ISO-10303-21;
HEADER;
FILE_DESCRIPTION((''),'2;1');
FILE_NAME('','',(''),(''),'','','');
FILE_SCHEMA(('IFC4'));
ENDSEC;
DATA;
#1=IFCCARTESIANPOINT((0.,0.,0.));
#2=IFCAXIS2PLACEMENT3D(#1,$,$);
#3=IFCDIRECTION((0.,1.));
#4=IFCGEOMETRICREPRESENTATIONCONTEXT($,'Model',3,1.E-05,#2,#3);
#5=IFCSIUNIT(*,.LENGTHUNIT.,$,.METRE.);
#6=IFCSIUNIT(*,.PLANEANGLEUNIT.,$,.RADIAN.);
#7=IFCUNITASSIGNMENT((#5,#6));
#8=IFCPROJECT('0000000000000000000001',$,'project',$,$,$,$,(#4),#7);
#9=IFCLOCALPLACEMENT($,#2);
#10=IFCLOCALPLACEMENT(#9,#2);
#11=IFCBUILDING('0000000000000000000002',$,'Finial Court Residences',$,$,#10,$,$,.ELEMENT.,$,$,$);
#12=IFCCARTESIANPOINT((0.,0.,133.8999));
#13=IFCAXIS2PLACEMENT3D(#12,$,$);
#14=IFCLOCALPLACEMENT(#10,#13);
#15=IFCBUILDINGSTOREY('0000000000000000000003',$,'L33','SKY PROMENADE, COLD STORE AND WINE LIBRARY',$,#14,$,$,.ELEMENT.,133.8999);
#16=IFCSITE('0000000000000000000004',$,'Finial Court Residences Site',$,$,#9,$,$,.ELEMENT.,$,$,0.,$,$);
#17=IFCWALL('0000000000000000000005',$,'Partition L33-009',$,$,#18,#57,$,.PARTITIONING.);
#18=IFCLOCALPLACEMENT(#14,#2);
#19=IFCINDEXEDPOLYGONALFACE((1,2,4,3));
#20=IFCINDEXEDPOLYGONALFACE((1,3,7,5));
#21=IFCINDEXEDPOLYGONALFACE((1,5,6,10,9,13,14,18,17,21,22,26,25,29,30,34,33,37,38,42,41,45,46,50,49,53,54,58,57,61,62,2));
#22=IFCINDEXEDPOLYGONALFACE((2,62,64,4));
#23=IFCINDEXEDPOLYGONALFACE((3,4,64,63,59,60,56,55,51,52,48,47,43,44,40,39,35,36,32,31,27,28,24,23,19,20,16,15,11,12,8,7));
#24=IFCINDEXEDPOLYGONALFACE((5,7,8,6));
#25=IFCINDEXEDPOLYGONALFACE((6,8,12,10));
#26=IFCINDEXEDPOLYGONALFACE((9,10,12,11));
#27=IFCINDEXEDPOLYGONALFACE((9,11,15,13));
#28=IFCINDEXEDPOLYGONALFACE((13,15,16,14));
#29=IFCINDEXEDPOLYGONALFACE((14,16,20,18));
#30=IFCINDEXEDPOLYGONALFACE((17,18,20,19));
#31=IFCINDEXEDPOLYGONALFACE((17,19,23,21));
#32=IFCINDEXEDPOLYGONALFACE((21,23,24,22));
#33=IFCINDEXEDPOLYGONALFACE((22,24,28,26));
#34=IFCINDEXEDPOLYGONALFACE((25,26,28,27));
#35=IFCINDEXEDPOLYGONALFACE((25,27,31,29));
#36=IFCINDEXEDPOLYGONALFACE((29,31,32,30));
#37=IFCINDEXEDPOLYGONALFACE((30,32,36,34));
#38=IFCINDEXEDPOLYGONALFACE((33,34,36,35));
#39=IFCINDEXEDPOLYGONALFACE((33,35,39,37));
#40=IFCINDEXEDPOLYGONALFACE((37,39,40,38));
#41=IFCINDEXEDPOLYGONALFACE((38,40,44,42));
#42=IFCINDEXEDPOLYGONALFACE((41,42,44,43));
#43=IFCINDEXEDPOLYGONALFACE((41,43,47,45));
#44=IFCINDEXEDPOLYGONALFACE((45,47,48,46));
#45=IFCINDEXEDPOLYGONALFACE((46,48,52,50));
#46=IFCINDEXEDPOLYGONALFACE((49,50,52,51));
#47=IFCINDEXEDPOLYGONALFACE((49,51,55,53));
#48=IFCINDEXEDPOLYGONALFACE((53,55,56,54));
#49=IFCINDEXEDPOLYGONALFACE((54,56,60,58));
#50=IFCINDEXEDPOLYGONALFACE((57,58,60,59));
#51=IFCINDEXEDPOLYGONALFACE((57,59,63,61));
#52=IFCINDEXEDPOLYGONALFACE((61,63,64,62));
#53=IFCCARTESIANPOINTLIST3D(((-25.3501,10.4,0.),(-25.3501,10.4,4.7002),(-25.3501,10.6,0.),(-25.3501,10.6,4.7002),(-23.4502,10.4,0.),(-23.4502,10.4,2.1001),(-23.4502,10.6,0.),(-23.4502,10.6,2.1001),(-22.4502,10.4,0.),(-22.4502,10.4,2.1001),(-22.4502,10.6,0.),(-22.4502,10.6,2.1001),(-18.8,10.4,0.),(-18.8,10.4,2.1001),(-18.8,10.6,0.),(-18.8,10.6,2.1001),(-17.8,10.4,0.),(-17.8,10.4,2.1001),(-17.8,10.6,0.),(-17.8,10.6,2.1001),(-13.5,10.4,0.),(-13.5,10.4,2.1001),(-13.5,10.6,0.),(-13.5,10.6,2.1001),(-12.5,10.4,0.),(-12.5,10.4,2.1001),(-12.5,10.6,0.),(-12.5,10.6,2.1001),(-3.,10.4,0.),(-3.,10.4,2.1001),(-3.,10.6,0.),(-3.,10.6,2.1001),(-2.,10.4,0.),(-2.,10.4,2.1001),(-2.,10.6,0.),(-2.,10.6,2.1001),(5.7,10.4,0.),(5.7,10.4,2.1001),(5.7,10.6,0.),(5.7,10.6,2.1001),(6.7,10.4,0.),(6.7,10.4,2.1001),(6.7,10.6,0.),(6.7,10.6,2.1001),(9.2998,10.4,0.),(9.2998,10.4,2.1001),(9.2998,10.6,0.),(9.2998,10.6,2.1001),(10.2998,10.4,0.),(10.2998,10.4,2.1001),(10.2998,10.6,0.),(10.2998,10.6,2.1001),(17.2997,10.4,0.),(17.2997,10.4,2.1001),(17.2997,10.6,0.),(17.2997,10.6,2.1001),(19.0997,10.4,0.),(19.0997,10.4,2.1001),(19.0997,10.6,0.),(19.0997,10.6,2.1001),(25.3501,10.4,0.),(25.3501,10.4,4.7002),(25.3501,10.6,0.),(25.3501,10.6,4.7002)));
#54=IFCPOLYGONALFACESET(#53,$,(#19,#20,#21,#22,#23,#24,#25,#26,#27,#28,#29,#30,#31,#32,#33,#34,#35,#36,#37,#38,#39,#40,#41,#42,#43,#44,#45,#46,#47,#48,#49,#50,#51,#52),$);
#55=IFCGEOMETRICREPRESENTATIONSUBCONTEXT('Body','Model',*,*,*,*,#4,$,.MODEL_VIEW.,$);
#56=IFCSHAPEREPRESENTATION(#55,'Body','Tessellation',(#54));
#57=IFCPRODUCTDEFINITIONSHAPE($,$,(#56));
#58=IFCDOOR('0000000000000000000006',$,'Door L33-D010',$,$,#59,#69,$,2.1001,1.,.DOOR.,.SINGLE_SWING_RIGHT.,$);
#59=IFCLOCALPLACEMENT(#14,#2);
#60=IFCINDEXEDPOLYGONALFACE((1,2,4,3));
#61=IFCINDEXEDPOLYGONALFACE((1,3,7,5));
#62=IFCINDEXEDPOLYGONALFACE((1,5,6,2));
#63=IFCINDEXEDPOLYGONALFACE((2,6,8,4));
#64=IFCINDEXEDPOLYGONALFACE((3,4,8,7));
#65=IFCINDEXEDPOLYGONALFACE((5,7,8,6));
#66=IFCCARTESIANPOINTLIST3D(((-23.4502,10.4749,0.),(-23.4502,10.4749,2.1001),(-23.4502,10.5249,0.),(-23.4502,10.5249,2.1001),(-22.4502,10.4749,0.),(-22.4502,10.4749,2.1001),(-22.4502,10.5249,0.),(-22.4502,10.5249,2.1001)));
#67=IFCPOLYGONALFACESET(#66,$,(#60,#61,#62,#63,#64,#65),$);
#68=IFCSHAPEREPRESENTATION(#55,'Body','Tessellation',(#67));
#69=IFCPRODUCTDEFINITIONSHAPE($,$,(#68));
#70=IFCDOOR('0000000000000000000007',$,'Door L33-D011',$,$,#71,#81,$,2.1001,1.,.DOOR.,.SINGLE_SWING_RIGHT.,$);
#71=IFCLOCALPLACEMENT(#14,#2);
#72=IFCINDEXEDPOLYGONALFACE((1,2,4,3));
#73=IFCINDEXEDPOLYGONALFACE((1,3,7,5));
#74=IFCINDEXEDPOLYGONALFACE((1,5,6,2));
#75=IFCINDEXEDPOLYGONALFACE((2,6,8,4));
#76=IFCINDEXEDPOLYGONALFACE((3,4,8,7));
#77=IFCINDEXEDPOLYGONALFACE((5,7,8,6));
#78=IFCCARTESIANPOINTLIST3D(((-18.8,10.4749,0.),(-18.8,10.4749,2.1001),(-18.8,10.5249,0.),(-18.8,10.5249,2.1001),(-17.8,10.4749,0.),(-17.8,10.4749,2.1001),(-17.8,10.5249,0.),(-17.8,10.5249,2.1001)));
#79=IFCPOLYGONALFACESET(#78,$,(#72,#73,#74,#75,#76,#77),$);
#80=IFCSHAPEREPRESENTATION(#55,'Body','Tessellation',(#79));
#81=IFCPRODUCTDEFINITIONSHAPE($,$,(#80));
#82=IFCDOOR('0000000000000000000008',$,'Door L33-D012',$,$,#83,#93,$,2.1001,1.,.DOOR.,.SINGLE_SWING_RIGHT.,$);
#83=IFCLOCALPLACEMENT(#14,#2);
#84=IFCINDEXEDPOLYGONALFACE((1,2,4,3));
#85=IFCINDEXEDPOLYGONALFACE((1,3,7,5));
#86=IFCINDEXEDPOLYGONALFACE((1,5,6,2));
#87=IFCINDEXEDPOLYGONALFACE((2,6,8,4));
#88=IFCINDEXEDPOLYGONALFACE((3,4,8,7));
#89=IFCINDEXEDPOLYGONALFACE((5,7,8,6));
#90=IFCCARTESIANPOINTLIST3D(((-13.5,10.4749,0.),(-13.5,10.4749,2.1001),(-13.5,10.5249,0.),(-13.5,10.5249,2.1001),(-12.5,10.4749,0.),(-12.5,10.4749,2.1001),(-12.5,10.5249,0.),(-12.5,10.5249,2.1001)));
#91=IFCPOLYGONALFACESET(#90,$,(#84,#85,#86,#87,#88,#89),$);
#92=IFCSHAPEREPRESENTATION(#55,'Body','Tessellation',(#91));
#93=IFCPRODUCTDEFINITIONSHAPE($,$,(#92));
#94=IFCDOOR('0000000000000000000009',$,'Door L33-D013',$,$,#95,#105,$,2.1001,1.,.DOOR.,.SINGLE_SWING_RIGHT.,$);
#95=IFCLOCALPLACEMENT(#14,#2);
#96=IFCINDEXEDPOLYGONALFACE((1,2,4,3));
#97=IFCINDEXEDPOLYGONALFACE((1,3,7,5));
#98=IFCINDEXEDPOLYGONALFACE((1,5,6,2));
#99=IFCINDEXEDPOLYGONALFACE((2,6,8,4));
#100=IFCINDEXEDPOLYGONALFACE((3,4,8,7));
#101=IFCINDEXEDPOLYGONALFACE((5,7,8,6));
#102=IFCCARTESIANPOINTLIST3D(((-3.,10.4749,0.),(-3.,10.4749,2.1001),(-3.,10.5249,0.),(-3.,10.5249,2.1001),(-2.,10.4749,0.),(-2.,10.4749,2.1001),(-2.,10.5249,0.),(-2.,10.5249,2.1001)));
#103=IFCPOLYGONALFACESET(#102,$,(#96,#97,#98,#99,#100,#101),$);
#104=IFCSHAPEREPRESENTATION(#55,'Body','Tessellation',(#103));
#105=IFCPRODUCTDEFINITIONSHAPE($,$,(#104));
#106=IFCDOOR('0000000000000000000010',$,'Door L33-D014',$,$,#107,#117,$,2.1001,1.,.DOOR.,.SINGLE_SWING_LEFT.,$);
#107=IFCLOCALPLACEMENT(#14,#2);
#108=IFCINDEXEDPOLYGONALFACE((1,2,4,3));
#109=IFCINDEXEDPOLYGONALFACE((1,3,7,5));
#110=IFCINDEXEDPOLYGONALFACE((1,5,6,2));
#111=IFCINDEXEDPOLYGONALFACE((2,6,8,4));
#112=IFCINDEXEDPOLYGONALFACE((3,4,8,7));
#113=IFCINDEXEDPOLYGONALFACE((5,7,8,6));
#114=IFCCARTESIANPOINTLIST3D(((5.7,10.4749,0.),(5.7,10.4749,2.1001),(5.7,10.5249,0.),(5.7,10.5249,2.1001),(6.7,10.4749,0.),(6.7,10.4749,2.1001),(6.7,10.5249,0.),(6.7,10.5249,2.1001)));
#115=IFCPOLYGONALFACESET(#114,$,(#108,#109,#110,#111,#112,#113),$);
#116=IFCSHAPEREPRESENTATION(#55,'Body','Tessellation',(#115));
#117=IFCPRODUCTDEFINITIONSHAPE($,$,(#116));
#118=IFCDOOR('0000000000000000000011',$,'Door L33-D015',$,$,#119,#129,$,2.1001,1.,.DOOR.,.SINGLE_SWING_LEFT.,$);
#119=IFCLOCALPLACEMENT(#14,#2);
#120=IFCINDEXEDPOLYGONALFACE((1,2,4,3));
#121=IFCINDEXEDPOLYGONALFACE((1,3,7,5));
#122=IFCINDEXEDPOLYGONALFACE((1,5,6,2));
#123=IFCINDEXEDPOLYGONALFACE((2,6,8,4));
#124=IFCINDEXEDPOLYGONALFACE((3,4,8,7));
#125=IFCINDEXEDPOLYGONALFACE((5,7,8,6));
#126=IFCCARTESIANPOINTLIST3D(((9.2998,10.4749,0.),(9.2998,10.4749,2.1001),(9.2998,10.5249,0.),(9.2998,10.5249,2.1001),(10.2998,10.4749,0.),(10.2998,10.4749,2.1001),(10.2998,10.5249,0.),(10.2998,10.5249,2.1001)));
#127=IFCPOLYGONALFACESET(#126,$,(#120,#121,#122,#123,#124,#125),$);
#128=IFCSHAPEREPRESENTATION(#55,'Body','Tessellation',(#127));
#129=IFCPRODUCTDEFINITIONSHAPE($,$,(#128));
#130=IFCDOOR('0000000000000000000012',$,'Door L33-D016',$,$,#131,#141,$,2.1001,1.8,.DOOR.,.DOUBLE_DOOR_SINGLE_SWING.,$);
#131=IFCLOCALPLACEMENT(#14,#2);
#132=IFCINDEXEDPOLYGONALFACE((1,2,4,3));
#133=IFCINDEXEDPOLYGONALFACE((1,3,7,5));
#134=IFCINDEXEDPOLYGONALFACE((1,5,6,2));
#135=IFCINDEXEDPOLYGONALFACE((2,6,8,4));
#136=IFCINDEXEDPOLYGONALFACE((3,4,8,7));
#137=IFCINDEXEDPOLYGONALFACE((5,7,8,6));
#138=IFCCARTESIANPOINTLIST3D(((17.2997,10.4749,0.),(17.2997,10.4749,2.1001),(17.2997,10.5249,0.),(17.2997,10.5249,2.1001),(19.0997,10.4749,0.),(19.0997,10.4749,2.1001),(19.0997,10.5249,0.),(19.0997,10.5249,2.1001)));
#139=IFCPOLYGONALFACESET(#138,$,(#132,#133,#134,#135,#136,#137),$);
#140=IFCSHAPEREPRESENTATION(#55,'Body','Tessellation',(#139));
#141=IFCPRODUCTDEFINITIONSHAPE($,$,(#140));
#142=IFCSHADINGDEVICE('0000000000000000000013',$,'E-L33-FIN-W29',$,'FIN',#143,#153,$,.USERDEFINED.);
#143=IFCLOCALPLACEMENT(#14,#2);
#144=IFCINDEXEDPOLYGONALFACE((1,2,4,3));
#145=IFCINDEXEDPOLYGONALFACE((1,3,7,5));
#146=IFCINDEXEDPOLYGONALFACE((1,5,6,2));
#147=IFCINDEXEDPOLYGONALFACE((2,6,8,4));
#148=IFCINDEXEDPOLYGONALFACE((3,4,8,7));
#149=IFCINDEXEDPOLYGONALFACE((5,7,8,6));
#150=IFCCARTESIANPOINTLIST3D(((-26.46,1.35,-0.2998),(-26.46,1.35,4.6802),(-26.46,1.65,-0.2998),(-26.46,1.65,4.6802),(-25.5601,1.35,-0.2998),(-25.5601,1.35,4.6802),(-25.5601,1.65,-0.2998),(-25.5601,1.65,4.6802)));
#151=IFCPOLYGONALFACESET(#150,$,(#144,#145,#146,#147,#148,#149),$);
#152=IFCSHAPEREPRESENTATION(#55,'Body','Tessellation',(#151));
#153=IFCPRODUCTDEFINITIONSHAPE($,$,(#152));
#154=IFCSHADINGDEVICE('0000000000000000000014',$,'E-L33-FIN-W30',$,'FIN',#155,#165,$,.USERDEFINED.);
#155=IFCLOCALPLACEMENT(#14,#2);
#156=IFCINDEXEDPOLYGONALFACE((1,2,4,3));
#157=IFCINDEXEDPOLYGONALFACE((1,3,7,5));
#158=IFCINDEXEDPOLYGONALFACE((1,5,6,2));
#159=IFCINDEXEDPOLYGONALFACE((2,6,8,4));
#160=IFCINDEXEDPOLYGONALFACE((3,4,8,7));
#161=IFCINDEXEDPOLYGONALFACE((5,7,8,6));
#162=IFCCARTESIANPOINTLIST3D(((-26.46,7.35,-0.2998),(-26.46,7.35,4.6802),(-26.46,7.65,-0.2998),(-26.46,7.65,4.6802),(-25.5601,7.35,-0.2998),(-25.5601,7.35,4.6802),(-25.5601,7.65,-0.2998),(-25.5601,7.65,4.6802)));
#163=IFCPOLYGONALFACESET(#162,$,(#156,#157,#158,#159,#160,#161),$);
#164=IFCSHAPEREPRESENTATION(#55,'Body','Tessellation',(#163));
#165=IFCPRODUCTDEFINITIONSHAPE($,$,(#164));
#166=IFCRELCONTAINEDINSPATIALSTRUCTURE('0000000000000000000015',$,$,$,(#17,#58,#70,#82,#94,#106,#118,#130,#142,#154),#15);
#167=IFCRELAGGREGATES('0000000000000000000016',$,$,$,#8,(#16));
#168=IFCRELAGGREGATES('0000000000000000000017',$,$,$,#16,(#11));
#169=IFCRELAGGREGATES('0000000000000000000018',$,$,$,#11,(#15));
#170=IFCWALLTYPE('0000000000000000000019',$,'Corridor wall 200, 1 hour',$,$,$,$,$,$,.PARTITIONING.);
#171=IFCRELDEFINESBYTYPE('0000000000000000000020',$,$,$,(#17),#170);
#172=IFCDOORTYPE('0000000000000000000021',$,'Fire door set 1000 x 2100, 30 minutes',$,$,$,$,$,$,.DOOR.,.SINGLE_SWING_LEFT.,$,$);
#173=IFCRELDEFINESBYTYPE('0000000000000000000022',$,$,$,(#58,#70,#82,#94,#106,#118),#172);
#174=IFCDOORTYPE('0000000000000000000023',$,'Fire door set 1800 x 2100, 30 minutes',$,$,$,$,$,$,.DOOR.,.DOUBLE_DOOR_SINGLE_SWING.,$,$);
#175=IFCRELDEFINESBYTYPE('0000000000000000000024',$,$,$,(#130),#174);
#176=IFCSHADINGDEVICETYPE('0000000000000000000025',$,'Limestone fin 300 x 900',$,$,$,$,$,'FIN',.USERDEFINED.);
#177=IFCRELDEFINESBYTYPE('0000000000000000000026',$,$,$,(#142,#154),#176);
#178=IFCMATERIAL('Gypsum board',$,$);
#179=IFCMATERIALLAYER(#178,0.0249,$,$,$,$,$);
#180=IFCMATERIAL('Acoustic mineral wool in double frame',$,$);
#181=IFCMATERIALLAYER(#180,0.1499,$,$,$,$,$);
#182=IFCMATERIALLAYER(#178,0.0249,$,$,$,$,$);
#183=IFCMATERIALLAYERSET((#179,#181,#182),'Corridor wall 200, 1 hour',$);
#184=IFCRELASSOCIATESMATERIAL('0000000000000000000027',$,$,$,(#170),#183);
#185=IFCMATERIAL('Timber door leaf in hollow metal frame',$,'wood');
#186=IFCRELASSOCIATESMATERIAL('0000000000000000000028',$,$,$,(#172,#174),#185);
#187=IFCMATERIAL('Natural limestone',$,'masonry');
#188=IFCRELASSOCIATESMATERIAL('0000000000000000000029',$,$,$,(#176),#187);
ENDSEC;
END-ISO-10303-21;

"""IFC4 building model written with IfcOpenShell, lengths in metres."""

from ifc_helpers import new_model, si_unit, direction, frame, frame_2d, origin, origin_2d, place, context, subcontext, project, spatial, rectangle, extrude, material, layer, layer_set, type_object, element, fill, save


model = new_model("IFC4")

# Units and contexts
model_context = context("Model", 3, precision=1e-05, world=origin(), true_north=direction((0.0, 1.0)))
body_context = subcontext(model_context, "Body", "Model", "MODEL_VIEW")
ifc_project = project(units=[si_unit("LENGTHUNIT", "METRE"), si_unit("PLANEANGLEUNIT", "RADIAN")], contexts=[model_context])

# Site, building, storey
site_placement = place(None, origin())
site = spatial("IfcSite", under=ifc_project, at=site_placement, Name="Finial Court Residences Site", CompositionType="ELEMENT", RefElevation=0.0)
building_placement = place(site_placement, origin())
building = spatial("IfcBuilding", under=site, at=building_placement, Name="Finial Court Residences", CompositionType="ELEMENT")
storey_placement = place(building_placement, frame((0.0, 0.0, 133.8999)))
storey = spatial("IfcBuildingStorey", under=building, at=storey_placement, Name="L33", Description="SKY PROMENADE, COLD STORE AND WINE LIBRARY", CompositionType="ELEMENT", Elevation=133.8999)

# Wall, openings, doors
ifc_material_1 = material(Name="Gypsum board")
ifc_layer_1 = layer(ifc_material_1, 0.0249)
ifc_material_2 = material(Name="Acoustic mineral wool in double frame")
ifc_layer_2 = layer(ifc_material_2, 0.1499)
ifc_layer_3 = layer(ifc_material_1, 0.0249)
ifc_layer_set_1 = layer_set([ifc_layer_1, ifc_layer_2, ifc_layer_3], Name="Corridor wall 200, 1 hour")
wall_type = type_object("IfcWallType", Name="Corridor wall 200, 1 hour", PredefinedType="PARTITIONING", material=ifc_layer_set_1)
wall_placement = place(storey_placement, frame((-25.3501, 10.5, 0.0), z_axis=(0.0, 0.0, 1.0), x_axis=(1.0, 0.0, 0.0)))
wall = element("IfcWall", 1, at=wall_placement, inside=storey, type_object=wall_type, Name="Partition L33-009", PredefinedType="PARTITIONING", context=body_context, shape_type="SweptSolid", body=[
    extrude(rectangle(XDim=50.7002, YDim=0.2, at=frame_2d((25.3501, 0.0))), origin(), (0.0, 0.0, 1.0), 4.7002),
])
opening_1_placement = place(wall_placement, frame((1.8999, 0.0, 0.0)))
opening_1 = element("IfcOpeningElement", 2, at=opening_1_placement, cuts=wall, PredefinedType="OPENING", context=body_context, shape_type="SweptSolid", body=[
    extrude(rectangle(XDim=1.0, YDim=2.1001, at=frame_2d((0.5, 1.05))), frame((0.0, 0.1099, 0.0), z_axis=(0.0, -1.0, 0.0), x_axis=(1.0, 0.0, 0.0)), (0.0, 0.0, 1.0), 0.22),
])
opening_2_placement = place(wall_placement, frame((6.55, 0.0, 0.0)))
opening_2 = element("IfcOpeningElement", 3, at=opening_2_placement, cuts=wall, PredefinedType="OPENING", context=body_context, shape_type="SweptSolid", body=[
    extrude(rectangle(XDim=1.0, YDim=2.1001, at=frame_2d((0.5, 1.05))), frame((0.0, 0.1099, 0.0), z_axis=(0.0, -1.0, 0.0), x_axis=(1.0, 0.0, 0.0)), (0.0, 0.0, 1.0), 0.22),
])
opening_3_placement = place(wall_placement, frame((11.8501, 0.0, 0.0)))
opening_3 = element("IfcOpeningElement", 4, at=opening_3_placement, cuts=wall, PredefinedType="OPENING", context=body_context, shape_type="SweptSolid", body=[
    extrude(rectangle(XDim=1.0, YDim=2.1001, at=frame_2d((0.5, 1.05))), frame((0.0, 0.1099, 0.0), z_axis=(0.0, -1.0, 0.0), x_axis=(1.0, 0.0, 0.0)), (0.0, 0.0, 1.0), 0.22),
])
opening_4_placement = place(wall_placement, frame((22.3501, 0.0, 0.0)))
opening_4 = element("IfcOpeningElement", 5, at=opening_4_placement, cuts=wall, PredefinedType="OPENING", context=body_context, shape_type="SweptSolid", body=[
    extrude(rectangle(XDim=1.0, YDim=2.1001, at=frame_2d((0.5, 1.05))), frame((0.0, 0.1099, 0.0), z_axis=(0.0, -1.0, 0.0), x_axis=(1.0, 0.0, 0.0)), (0.0, 0.0, 1.0), 0.22),
])
opening_5_placement = place(wall_placement, frame((31.05, 0.0, 0.0)))
opening_5 = element("IfcOpeningElement", 6, at=opening_5_placement, cuts=wall, PredefinedType="OPENING", context=body_context, shape_type="SweptSolid", body=[
    extrude(rectangle(XDim=1.0, YDim=2.1001, at=frame_2d((0.5, 1.05))), frame((0.0, 0.1099, 0.0), z_axis=(0.0, -1.0, 0.0), x_axis=(1.0, 0.0, 0.0)), (0.0, 0.0, 1.0), 0.22),
])
opening_6_placement = place(wall_placement, frame((34.6499, 0.0, 0.0)))
opening_6 = element("IfcOpeningElement", 7, at=opening_6_placement, cuts=wall, PredefinedType="OPENING", context=body_context, shape_type="SweptSolid", body=[
    extrude(rectangle(XDim=1.0, YDim=2.1001, at=frame_2d((0.5, 1.05))), frame((0.0, 0.1099, 0.0), z_axis=(0.0, -1.0, 0.0), x_axis=(1.0, 0.0, 0.0)), (0.0, 0.0, 1.0), 0.22),
])
opening_7_placement = place(wall_placement, frame((42.6499, 0.0, 0.0)))
opening_7 = element("IfcOpeningElement", 8, at=opening_7_placement, cuts=wall, PredefinedType="OPENING", context=body_context, shape_type="SweptSolid", body=[
    extrude(rectangle(XDim=1.8, YDim=2.1001, at=frame_2d((0.8999, 1.05))), frame((0.0, 0.1099, 0.0), z_axis=(0.0, -1.0, 0.0), x_axis=(1.0, 0.0, 0.0)), (0.0, 0.0, 1.0), 0.22),
])
ifc_material_3 = material(Name="Timber door leaf in hollow metal frame", Category="wood")
door_type_1 = type_object("IfcDoorType", Name="Fire door set 1000 x 2100, 30 minutes", OperationType="SINGLE_SWING_LEFT", PredefinedType="DOOR", material=ifc_material_3)
door_1_placement = place(opening_1_placement, origin())
door_1 = element("IfcDoor", 9, at=door_1_placement, inside=storey, type_object=door_type_1, Name="Door L33-D010", OperationType="SINGLE_SWING_RIGHT", OverallHeight=2.1001, OverallWidth=1.0, PredefinedType="DOOR", context=body_context, shape_type="SweptSolid", body=[
    extrude(rectangle(XDim=1.0, YDim=2.1001, at=frame_2d((0.5, 1.05))), frame((0.0, 0.0249, 0.0), z_axis=(0.0, -1.0, 0.0), x_axis=(1.0, 0.0, 0.0)), (0.0, 0.0, 1.0), 0.05),
])
fill(opening_1, door_1)
door_2_placement = place(opening_2_placement, origin())
door_2 = element("IfcDoor", 10, at=door_2_placement, inside=storey, type_object=door_type_1, Name="Door L33-D011", OperationType="SINGLE_SWING_RIGHT", OverallHeight=2.1001, OverallWidth=1.0, PredefinedType="DOOR", context=body_context, shape_type="SweptSolid", body=[
    extrude(rectangle(XDim=1.0, YDim=2.1001, at=frame_2d((0.5, 1.05))), frame((0.0, 0.0249, 0.0), z_axis=(0.0, -1.0, 0.0), x_axis=(1.0, 0.0, 0.0)), (0.0, 0.0, 1.0), 0.05),
])
fill(opening_2, door_2)
door_3_placement = place(opening_3_placement, origin())
door_3 = element("IfcDoor", 11, at=door_3_placement, inside=storey, type_object=door_type_1, Name="Door L33-D012", OperationType="SINGLE_SWING_RIGHT", OverallHeight=2.1001, OverallWidth=1.0, PredefinedType="DOOR", context=body_context, shape_type="SweptSolid", body=[
    extrude(rectangle(XDim=1.0, YDim=2.1001, at=frame_2d((0.5, 1.05))), frame((0.0, 0.0249, 0.0), z_axis=(0.0, -1.0, 0.0), x_axis=(1.0, 0.0, 0.0)), (0.0, 0.0, 1.0), 0.05),
])
fill(opening_3, door_3)
door_4_placement = place(opening_4_placement, origin())
door_4 = element("IfcDoor", 12, at=door_4_placement, inside=storey, type_object=door_type_1, Name="Door L33-D013", OperationType="SINGLE_SWING_RIGHT", OverallHeight=2.1001, OverallWidth=1.0, PredefinedType="DOOR", context=body_context, shape_type="SweptSolid", body=[
    extrude(rectangle(XDim=1.0, YDim=2.1001, at=frame_2d((0.5, 1.05))), frame((0.0, 0.0249, 0.0), z_axis=(0.0, -1.0, 0.0), x_axis=(1.0, 0.0, 0.0)), (0.0, 0.0, 1.0), 0.05),
])
fill(opening_4, door_4)
door_5_placement = place(opening_5_placement, origin())
door_5 = element("IfcDoor", 13, at=door_5_placement, inside=storey, type_object=door_type_1, Name="Door L33-D014", OperationType="SINGLE_SWING_LEFT", OverallHeight=2.1001, OverallWidth=1.0, PredefinedType="DOOR", context=body_context, shape_type="SweptSolid", body=[
    extrude(rectangle(XDim=1.0, YDim=2.1001, at=frame_2d((0.5, 1.05))), frame((0.0, 0.0249, 0.0), z_axis=(0.0, -1.0, 0.0), x_axis=(1.0, 0.0, 0.0)), (0.0, 0.0, 1.0), 0.05),
])
fill(opening_5, door_5)
door_6_placement = place(opening_6_placement, origin())
door_6 = element("IfcDoor", 14, at=door_6_placement, inside=storey, type_object=door_type_1, Name="Door L33-D015", OperationType="SINGLE_SWING_LEFT", OverallHeight=2.1001, OverallWidth=1.0, PredefinedType="DOOR", context=body_context, shape_type="SweptSolid", body=[
    extrude(rectangle(XDim=1.0, YDim=2.1001, at=frame_2d((0.5, 1.05))), frame((0.0, 0.0249, 0.0), z_axis=(0.0, -1.0, 0.0), x_axis=(1.0, 0.0, 0.0)), (0.0, 0.0, 1.0), 0.05),
])
fill(opening_6, door_6)
door_type_2 = type_object("IfcDoorType", Name="Fire door set 1800 x 2100, 30 minutes", OperationType="DOUBLE_DOOR_SINGLE_SWING", PredefinedType="DOOR", material=ifc_material_3)
door_7_placement = place(opening_7_placement, origin())
door_7 = element("IfcDoor", 15, at=door_7_placement, inside=storey, type_object=door_type_2, Name="Door L33-D016", OperationType="DOUBLE_DOOR_SINGLE_SWING", OverallHeight=2.1001, OverallWidth=1.8, PredefinedType="DOOR", context=body_context, shape_type="SweptSolid", body=[
    extrude(rectangle(XDim=1.8, YDim=2.1001, at=frame_2d((0.8999, 1.05))), frame((0.0, 0.0249, 0.0), z_axis=(0.0, -1.0, 0.0), x_axis=(1.0, 0.0, 0.0)), (0.0, 0.0, 1.0), 0.05),
])
fill(opening_7, door_7)

# Shading devices
ifc_material_4 = material(Name="Natural limestone", Category="masonry")
shading_device_type = type_object("IfcShadingDeviceType", Name="Limestone fin 300 x 900", ElementType="FIN", PredefinedType="USERDEFINED", material=ifc_material_4)
for number, where, z_axis, x_axis, name in (
    (16, (-26.01, 1.5, -0.2998), (0.0, 0.0, 1.0), (1.0, 0.0, 0.0), "E-L33-FIN-W29"),
    (17, (-26.01, 7.5, -0.2998), (0.0, 0.0, 1.0), (1.0, 0.0, 0.0), "E-L33-FIN-W30"),
):
    element("IfcShadingDevice", number, at=place(storey_placement, frame(where, z_axis=z_axis, x_axis=x_axis)), inside=storey, type_object=shading_device_type, Name=name, ObjectType="FIN", PredefinedType="USERDEFINED", context=body_context, shape_type="SweptSolid", body=[
        extrude(rectangle(XDim=0.8999, YDim=0.3, at=origin_2d()), origin(), (0.0, 0.0, 1.0), 4.98),
    ])

save(model, "model.ifc")
